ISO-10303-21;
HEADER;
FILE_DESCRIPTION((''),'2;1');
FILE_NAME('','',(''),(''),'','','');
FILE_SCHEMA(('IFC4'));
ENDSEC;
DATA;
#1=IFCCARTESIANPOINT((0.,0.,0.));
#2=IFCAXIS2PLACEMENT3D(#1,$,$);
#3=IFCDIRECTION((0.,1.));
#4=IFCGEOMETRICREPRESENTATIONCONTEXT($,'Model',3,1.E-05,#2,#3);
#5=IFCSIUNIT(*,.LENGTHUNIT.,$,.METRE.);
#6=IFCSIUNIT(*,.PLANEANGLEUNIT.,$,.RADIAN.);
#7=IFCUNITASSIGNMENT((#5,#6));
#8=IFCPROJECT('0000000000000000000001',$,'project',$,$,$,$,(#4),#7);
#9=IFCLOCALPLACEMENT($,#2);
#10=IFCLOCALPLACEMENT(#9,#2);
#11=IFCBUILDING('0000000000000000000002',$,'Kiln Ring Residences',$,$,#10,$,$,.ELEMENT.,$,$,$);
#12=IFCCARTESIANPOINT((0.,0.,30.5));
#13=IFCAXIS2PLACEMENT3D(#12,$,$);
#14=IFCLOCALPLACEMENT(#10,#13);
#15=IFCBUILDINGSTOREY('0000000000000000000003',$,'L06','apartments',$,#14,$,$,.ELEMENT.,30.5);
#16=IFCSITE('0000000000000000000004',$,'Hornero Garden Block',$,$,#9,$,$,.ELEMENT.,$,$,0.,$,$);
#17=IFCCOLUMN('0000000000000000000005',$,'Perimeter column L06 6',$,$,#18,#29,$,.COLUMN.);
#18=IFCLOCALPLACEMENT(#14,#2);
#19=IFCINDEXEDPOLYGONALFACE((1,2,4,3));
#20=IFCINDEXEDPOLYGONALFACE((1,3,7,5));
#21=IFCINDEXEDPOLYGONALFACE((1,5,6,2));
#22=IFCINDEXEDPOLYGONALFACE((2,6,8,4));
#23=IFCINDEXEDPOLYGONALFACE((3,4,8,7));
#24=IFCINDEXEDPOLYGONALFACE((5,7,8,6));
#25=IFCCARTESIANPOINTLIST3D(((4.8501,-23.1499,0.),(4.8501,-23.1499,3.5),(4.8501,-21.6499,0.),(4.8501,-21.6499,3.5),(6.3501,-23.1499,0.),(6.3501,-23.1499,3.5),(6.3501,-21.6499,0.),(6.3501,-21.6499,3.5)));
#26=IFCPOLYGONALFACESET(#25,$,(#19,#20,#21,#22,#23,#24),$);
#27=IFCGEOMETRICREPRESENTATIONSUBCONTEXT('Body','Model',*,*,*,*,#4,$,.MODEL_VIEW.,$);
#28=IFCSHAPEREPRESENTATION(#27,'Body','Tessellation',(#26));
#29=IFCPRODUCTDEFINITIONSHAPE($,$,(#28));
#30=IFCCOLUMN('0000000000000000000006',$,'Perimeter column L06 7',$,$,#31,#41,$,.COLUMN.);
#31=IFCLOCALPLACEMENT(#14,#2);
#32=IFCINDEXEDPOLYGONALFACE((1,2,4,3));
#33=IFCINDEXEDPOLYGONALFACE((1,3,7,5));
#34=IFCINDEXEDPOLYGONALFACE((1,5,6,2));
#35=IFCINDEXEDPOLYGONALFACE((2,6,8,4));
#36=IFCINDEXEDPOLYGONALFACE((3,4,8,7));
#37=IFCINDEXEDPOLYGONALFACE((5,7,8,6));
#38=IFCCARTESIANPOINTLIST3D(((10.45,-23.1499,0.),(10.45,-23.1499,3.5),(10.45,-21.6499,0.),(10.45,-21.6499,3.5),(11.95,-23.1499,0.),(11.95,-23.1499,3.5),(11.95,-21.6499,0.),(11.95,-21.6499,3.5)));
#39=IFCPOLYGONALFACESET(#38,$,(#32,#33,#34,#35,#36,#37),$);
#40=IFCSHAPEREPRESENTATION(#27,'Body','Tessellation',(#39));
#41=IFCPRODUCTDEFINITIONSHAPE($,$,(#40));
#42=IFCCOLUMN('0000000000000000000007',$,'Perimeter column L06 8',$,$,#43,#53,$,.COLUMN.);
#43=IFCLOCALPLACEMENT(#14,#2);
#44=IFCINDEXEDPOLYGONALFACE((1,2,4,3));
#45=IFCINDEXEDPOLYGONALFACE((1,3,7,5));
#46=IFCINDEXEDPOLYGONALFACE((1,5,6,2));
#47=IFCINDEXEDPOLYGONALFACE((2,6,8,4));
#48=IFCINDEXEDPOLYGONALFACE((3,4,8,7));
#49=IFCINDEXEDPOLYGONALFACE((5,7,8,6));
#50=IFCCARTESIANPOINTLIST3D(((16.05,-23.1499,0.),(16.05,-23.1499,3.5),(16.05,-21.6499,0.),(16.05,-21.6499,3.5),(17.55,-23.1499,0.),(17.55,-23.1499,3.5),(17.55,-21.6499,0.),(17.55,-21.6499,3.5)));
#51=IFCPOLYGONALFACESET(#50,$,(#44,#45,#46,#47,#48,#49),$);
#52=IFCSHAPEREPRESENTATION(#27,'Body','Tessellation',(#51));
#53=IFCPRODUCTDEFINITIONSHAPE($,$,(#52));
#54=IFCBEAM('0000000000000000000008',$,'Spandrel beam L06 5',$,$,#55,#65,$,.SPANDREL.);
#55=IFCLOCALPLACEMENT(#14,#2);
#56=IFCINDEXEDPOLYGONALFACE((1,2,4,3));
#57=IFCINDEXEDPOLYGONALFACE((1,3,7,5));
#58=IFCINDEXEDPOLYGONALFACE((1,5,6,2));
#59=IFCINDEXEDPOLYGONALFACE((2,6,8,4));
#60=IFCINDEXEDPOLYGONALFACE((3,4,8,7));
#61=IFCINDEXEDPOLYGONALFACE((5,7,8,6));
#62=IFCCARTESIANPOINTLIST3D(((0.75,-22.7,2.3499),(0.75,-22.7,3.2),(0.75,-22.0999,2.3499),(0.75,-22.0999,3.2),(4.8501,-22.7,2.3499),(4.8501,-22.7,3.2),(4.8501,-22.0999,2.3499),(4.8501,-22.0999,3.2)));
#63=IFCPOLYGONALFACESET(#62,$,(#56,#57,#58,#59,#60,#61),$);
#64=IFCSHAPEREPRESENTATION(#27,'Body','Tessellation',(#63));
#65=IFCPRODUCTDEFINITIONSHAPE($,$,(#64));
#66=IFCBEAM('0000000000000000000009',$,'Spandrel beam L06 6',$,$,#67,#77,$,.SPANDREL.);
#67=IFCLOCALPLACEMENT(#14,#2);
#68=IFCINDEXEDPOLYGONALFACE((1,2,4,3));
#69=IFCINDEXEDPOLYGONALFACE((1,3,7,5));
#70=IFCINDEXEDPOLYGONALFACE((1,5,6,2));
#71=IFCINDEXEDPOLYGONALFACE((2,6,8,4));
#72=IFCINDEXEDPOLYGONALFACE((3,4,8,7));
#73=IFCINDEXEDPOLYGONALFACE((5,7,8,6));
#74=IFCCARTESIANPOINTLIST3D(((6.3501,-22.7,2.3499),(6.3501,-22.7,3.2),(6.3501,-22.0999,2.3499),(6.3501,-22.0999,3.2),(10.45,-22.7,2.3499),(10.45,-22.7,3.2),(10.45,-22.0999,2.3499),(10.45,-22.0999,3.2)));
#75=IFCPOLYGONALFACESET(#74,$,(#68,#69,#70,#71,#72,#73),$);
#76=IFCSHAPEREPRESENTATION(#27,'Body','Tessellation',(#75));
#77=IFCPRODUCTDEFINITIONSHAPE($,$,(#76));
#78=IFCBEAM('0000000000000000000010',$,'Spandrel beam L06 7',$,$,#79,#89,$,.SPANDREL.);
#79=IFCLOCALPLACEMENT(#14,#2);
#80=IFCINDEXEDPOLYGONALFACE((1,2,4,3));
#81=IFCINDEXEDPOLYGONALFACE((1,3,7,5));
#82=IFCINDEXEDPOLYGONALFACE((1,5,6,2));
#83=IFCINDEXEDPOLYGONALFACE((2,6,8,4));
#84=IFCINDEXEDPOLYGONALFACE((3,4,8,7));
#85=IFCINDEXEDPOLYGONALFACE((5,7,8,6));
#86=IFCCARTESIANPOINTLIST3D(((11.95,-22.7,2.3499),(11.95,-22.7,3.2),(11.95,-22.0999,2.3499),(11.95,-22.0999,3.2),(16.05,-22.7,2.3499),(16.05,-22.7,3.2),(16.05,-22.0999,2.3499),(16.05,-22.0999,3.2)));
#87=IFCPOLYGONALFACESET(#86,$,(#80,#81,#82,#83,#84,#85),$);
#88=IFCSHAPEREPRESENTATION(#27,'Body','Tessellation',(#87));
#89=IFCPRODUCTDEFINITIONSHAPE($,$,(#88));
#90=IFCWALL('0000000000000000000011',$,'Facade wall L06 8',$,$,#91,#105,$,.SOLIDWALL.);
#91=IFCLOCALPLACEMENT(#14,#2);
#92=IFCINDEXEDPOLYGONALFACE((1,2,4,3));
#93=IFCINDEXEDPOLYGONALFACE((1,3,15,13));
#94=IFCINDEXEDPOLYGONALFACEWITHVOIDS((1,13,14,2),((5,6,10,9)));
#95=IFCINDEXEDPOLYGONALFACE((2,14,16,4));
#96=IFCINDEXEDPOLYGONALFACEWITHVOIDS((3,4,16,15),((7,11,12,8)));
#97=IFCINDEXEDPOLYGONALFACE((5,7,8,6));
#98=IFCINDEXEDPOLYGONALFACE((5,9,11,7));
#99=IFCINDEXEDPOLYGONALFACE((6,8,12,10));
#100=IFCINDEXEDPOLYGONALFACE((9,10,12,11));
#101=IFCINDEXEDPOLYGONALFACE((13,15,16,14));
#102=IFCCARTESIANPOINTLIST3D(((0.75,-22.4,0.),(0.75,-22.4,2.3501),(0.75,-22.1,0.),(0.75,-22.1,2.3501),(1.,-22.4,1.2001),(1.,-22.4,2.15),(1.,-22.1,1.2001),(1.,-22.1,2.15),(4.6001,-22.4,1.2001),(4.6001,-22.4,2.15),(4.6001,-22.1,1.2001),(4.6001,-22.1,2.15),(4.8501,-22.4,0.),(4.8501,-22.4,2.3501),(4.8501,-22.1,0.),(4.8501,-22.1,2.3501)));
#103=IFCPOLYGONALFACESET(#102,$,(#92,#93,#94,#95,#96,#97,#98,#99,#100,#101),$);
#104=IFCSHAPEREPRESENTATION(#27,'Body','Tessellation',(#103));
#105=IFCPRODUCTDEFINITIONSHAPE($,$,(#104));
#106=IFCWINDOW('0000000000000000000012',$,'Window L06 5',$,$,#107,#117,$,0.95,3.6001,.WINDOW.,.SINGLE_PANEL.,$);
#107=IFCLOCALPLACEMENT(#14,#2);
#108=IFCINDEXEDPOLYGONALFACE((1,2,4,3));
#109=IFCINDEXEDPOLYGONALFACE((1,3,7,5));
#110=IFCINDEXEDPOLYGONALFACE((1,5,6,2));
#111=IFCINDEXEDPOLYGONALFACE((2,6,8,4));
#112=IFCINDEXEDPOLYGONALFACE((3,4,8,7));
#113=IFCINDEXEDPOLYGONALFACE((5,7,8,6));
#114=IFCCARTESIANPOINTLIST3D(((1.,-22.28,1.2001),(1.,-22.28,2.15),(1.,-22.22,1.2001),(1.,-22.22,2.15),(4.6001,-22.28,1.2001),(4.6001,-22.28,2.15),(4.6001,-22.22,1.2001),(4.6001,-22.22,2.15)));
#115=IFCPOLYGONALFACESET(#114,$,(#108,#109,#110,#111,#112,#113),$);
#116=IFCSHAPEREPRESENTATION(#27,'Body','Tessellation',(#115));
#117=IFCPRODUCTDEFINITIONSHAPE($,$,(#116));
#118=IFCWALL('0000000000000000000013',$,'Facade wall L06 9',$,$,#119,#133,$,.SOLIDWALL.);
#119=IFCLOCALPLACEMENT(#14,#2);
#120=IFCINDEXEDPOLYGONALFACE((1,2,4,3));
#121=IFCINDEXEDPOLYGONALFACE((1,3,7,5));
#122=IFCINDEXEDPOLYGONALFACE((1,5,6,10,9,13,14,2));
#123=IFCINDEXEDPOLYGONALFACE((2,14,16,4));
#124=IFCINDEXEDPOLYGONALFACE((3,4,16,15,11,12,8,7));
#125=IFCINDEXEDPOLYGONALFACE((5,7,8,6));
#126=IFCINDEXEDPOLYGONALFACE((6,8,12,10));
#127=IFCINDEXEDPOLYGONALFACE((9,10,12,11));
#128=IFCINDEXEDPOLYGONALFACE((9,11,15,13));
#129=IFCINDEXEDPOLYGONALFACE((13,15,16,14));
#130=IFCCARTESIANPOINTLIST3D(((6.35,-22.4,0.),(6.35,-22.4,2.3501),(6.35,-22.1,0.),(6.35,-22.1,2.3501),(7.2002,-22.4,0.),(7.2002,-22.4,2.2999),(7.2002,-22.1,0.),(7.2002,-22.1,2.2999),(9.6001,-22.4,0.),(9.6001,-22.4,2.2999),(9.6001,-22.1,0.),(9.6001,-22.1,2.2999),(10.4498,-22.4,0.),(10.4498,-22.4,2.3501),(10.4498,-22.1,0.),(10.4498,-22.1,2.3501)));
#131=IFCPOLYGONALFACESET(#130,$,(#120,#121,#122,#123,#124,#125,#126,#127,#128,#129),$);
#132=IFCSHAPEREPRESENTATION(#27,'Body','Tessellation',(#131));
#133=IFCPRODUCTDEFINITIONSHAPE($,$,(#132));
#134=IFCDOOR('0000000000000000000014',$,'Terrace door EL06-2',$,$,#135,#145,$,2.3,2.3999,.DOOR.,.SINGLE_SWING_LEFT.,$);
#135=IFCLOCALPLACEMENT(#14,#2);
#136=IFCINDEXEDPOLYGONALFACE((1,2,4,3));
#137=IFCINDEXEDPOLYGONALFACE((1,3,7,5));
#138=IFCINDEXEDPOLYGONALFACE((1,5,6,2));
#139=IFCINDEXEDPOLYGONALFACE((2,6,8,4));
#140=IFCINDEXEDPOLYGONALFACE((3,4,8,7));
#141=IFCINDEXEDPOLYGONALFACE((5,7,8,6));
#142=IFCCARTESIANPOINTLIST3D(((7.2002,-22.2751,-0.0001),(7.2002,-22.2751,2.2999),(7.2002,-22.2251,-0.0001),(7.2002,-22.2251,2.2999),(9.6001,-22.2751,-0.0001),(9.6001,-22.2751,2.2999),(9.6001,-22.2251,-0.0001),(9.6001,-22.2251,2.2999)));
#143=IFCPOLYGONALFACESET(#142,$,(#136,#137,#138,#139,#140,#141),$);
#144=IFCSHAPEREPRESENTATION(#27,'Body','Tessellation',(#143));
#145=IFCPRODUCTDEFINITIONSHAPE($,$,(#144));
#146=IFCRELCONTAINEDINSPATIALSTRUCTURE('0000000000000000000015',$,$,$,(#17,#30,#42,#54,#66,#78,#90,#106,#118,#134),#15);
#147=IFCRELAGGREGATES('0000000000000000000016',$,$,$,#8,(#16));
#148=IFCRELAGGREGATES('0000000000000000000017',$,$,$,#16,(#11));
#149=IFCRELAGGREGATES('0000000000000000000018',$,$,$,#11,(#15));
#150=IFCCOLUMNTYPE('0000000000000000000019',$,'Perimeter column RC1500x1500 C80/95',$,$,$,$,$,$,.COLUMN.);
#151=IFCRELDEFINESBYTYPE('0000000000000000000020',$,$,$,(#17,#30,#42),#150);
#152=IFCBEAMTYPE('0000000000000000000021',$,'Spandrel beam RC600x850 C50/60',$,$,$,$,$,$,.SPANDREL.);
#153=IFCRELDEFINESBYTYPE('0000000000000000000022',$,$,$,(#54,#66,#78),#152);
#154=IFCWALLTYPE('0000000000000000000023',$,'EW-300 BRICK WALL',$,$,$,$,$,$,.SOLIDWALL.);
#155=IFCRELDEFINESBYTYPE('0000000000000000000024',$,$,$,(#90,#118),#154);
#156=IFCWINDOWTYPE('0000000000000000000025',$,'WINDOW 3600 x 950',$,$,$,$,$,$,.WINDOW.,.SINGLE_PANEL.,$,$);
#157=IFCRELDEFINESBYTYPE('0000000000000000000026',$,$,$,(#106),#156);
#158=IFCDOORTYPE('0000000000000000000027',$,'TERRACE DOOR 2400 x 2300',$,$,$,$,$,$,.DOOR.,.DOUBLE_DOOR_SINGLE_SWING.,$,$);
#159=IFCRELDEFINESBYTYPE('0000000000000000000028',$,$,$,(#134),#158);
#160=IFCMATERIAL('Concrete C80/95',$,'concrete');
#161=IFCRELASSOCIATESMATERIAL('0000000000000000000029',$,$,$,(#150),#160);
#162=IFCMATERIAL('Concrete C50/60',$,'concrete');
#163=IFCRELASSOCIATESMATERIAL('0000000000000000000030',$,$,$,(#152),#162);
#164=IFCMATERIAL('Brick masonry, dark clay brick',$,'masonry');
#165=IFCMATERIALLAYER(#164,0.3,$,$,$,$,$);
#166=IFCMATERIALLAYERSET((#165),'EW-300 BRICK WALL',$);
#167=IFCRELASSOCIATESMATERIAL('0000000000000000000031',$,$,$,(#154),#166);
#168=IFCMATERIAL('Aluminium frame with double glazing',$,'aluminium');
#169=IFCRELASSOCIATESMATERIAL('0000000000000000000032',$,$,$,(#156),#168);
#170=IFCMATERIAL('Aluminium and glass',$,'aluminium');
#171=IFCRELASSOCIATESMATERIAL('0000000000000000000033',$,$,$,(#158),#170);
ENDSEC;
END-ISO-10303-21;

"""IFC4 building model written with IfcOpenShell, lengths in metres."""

from ifc_helpers import new_model, si_unit, direction, frame, frame_2d, origin, origin_2d, place, context, subcontext, project, spatial, rectangle, extrude, material, layer, layer_set, material_profile, profile_set, type_object, element, fill, save


model = new_model("IFC4")

# Units and contexts
model_context = context("Model", 3, precision=1e-05, world=origin(), true_north=direction((0.0, 1.0)))
body_context = subcontext(model_context, "Body", "Model", "MODEL_VIEW")
ifc_project = project(units=[si_unit("LENGTHUNIT", "METRE"), si_unit("PLANEANGLEUNIT", "RADIAN")], contexts=[model_context])

# Site, building, storey
site_placement = place(None, origin())
site = spatial("IfcSite", under=ifc_project, at=site_placement, Name="Hornero Garden Block", CompositionType="ELEMENT", RefElevation=0.0)
building_placement = place(site_placement, origin())
building = spatial("IfcBuilding", under=site, at=building_placement, Name="Kiln Ring Residences", CompositionType="ELEMENT")
storey_placement = place(building_placement, frame((0.0, 0.0, 30.5)))
storey = spatial("IfcBuildingStorey", under=building, at=storey_placement, Name="L06", Description="apartments", CompositionType="ELEMENT", Elevation=30.5)

# Columns
ifc_material_1 = material(Name="Concrete C80/95", Category="concrete")
ifc_material_profile_1 = material_profile(ifc_material_1, rectangle(XDim=1.5, YDim=1.5, at=origin_2d()), Name="RC1500x1500")
ifc_profile_set_1 = profile_set([ifc_material_profile_1], Name="Concrete C80/95")
column_type = type_object("IfcColumnType", Name="Perimeter column RC1500x1500 C80/95", PredefinedType="COLUMN", material=ifc_profile_set_1)
for number, where, z_axis, x_axis, name in (
    (1, (5.6001, -22.3999, 0.0), (0.0, 0.0, 1.0), (1.0, 0.0, 0.0), "Perimeter column L06 6"),
    (2, (11.2, -22.3999, 0.0), (0.0, 0.0, 1.0), (1.0, 0.0, 0.0), "Perimeter column L06 7"),
    (3, (16.8, -22.3999, 0.0), (0.0, 0.0, 1.0), (1.0, 0.0, 0.0), "Perimeter column L06 8"),
):
    element("IfcColumn", number, at=place(storey_placement, frame(where, z_axis=z_axis, x_axis=x_axis)), inside=storey, type_object=column_type, Name=name, PredefinedType="COLUMN", context=body_context, shape_type="SweptSolid", body=[
        extrude(rectangle(XDim=1.5, YDim=1.5, at=origin_2d()), origin(), (0.0, 0.0, 1.0), 3.5),
    ])

# Beams
ifc_material_2 = material(Name="Concrete C50/60", Category="concrete")
ifc_material_profile_2 = material_profile(ifc_material_2, rectangle(XDim=0.6001, YDim=0.8501, at=origin_2d()), Name="RC600x850")
ifc_profile_set_2 = profile_set([ifc_material_profile_2], Name="Concrete C50/60")
beam_type = type_object("IfcBeamType", Name="Spandrel beam RC600x850 C50/60", PredefinedType="SPANDREL", material=ifc_profile_set_2)
beam_1_placement = place(storey_placement, frame((0.75, -22.3999, 2.7749), z_axis=(1.0, 0.0, 0.0), x_axis=(0.0, 1.0, 0.0)))
element("IfcBeam", 4, at=beam_1_placement, inside=storey, type_object=beam_type, Name="Spandrel beam L06 5", PredefinedType="SPANDREL", context=body_context, shape_type="SweptSolid", body=[
    extrude(rectangle(XDim=0.6001, YDim=0.8501, at=origin_2d()), origin(), (0.0, 0.0, 1.0), 4.1001),
])
beam_2_placement = place(storey_placement, frame((6.3501, -22.3999, 2.7749), z_axis=(1.0, 0.0, 0.0), x_axis=(0.0, 1.0, 0.0)))
element("IfcBeam", 5, at=beam_2_placement, inside=storey, type_object=beam_type, Name="Spandrel beam L06 6", PredefinedType="SPANDREL", context=body_context, shape_type="SweptSolid", body=[
    extrude(rectangle(XDim=0.6001, YDim=0.8501, at=origin_2d()), origin(), (0.0, 0.0, 1.0), 4.0999),
])
beam_3_placement = place(storey_placement, frame((11.95, -22.3999, 2.7749), z_axis=(1.0, 0.0, 0.0), x_axis=(0.0, 1.0, 0.0)))
element("IfcBeam", 6, at=beam_3_placement, inside=storey, type_object=beam_type, Name="Spandrel beam L06 7", PredefinedType="SPANDREL", context=body_context, shape_type="SweptSolid", body=[
    extrude(rectangle(XDim=0.6001, YDim=0.8501, at=origin_2d()), origin(), (0.0, 0.0, 1.0), 4.1001),
])

# Wall, opening, window
ifc_material_3 = material(Name="Brick masonry, dark clay brick", Category="masonry")
ifc_layer_1 = layer(ifc_material_3, 0.3)
ifc_layer_set_1 = layer_set([ifc_layer_1], Name="EW-300 BRICK WALL")
wall_type_1 = type_object("IfcWallType", Name="EW-300 BRICK WALL", PredefinedType="SOLIDWALL", material=ifc_layer_set_1)
wall_1_placement = place(storey_placement, frame((0.75, -22.25, 0.0), z_axis=(0.0, 0.0, 1.0), x_axis=(1.0, 0.0, 0.0)))
wall_1 = element("IfcWall", 7, at=wall_1_placement, inside=storey, type_object=wall_type_1, Name="Facade wall L06 8", PredefinedType="SOLIDWALL", context=body_context, shape_type="SweptSolid", body=[
    extrude(rectangle(XDim=4.1001, YDim=0.3, at=frame_2d((2.05, 0.0))), origin(), (0.0, 0.0, 1.0), 2.3501),
])
opening_1_placement = place(wall_1_placement, frame((0.25, 0.0, 1.2)))
opening_1 = element("IfcOpeningElement", 8, at=opening_1_placement, cuts=wall_1, PredefinedType="OPENING", context=body_context, shape_type="SweptSolid", body=[
    extrude(rectangle(XDim=3.6001, YDim=0.95, at=frame_2d((1.8, 0.4751))), frame((0.0, 0.1599, 0.0), z_axis=(0.0, -1.0, 0.0), x_axis=(1.0, 0.0, 0.0)), (0.0, 0.0, 1.0), 0.3201),
])
ifc_material_4 = material(Name="Aluminium frame with double glazing", Category="aluminium")
window_type_1 = type_object("IfcWindowType", Name="WINDOW 3600 x 950", PartitioningType="SINGLE_PANEL", PredefinedType="WINDOW", material=ifc_material_4)
window_1_placement = place(opening_1_placement, origin())
window_1 = element("IfcWindow", 9, at=window_1_placement, inside=storey, type_object=window_type_1, Name="Window L06 5", OverallHeight=0.95, OverallWidth=3.6001, PartitioningType="SINGLE_PANEL", PredefinedType="WINDOW", context=body_context, shape_type="SweptSolid", body=[
    extrude(rectangle(XDim=3.6001, YDim=0.95, at=frame_2d((1.8, 0.4751))), frame((0.0, 0.03, 0.0), z_axis=(0.0, -1.0, 0.0), x_axis=(1.0, 0.0, 0.0)), (0.0, 0.0, 1.0), 0.0601),
])
fill(opening_1, window_1)

# Wall, opening, door
wall_2_placement = place(storey_placement, frame((6.3501, -22.25, 0.0), z_axis=(0.0, 0.0, 1.0), x_axis=(1.0, 0.0, 0.0)))
wall_2 = element("IfcWall", 10, at=wall_2_placement, inside=storey, type_object=wall_type_1, Name="Facade wall L06 9", PredefinedType="SOLIDWALL", context=body_context, shape_type="SweptSolid", body=[
    extrude(rectangle(XDim=4.0999, YDim=0.3, at=frame_2d((2.0498, 0.0))), origin(), (0.0, 0.0, 1.0), 2.3501),
])
opening_2_placement = place(wall_2_placement, frame((0.8501, 0.0, 0.0)))
opening_2 = element("IfcOpeningElement", 11, at=opening_2_placement, cuts=wall_2, PredefinedType="OPENING", context=body_context, shape_type="SweptSolid", body=[
    extrude(rectangle(XDim=2.3999, YDim=2.3, at=frame_2d((1.2, 1.1499))), frame((0.0, 0.1599, 0.0), z_axis=(0.0, -1.0, 0.0), x_axis=(1.0, 0.0, 0.0)), (0.0, 0.0, 1.0), 0.3201),
])
ifc_material_5 = material(Name="Aluminium and glass", Category="aluminium")
door_type = type_object("IfcDoorType", Name="TERRACE DOOR 2400 x 2300", OperationType="DOUBLE_DOOR_SINGLE_SWING", PredefinedType="DOOR", material=ifc_material_5)
door_placement = place(opening_2_placement, origin())
door = element("IfcDoor", 12, at=door_placement, inside=storey, type_object=door_type, Name="Terrace door EL06-2", OperationType="SINGLE_SWING_LEFT", OverallHeight=2.3, OverallWidth=2.3999, PredefinedType="DOOR", context=body_context, shape_type="SweptSolid", body=[
    extrude(rectangle(XDim=2.3999, YDim=2.3, at=frame_2d((1.2, 1.1499))), frame((0.0, 0.0249, 0.0), z_axis=(0.0, -1.0, 0.0), x_axis=(1.0, 0.0, 0.0)), (0.0, 0.0, 1.0), 0.05),
])
fill(opening_2, door)

save(model, "model.ifc")
